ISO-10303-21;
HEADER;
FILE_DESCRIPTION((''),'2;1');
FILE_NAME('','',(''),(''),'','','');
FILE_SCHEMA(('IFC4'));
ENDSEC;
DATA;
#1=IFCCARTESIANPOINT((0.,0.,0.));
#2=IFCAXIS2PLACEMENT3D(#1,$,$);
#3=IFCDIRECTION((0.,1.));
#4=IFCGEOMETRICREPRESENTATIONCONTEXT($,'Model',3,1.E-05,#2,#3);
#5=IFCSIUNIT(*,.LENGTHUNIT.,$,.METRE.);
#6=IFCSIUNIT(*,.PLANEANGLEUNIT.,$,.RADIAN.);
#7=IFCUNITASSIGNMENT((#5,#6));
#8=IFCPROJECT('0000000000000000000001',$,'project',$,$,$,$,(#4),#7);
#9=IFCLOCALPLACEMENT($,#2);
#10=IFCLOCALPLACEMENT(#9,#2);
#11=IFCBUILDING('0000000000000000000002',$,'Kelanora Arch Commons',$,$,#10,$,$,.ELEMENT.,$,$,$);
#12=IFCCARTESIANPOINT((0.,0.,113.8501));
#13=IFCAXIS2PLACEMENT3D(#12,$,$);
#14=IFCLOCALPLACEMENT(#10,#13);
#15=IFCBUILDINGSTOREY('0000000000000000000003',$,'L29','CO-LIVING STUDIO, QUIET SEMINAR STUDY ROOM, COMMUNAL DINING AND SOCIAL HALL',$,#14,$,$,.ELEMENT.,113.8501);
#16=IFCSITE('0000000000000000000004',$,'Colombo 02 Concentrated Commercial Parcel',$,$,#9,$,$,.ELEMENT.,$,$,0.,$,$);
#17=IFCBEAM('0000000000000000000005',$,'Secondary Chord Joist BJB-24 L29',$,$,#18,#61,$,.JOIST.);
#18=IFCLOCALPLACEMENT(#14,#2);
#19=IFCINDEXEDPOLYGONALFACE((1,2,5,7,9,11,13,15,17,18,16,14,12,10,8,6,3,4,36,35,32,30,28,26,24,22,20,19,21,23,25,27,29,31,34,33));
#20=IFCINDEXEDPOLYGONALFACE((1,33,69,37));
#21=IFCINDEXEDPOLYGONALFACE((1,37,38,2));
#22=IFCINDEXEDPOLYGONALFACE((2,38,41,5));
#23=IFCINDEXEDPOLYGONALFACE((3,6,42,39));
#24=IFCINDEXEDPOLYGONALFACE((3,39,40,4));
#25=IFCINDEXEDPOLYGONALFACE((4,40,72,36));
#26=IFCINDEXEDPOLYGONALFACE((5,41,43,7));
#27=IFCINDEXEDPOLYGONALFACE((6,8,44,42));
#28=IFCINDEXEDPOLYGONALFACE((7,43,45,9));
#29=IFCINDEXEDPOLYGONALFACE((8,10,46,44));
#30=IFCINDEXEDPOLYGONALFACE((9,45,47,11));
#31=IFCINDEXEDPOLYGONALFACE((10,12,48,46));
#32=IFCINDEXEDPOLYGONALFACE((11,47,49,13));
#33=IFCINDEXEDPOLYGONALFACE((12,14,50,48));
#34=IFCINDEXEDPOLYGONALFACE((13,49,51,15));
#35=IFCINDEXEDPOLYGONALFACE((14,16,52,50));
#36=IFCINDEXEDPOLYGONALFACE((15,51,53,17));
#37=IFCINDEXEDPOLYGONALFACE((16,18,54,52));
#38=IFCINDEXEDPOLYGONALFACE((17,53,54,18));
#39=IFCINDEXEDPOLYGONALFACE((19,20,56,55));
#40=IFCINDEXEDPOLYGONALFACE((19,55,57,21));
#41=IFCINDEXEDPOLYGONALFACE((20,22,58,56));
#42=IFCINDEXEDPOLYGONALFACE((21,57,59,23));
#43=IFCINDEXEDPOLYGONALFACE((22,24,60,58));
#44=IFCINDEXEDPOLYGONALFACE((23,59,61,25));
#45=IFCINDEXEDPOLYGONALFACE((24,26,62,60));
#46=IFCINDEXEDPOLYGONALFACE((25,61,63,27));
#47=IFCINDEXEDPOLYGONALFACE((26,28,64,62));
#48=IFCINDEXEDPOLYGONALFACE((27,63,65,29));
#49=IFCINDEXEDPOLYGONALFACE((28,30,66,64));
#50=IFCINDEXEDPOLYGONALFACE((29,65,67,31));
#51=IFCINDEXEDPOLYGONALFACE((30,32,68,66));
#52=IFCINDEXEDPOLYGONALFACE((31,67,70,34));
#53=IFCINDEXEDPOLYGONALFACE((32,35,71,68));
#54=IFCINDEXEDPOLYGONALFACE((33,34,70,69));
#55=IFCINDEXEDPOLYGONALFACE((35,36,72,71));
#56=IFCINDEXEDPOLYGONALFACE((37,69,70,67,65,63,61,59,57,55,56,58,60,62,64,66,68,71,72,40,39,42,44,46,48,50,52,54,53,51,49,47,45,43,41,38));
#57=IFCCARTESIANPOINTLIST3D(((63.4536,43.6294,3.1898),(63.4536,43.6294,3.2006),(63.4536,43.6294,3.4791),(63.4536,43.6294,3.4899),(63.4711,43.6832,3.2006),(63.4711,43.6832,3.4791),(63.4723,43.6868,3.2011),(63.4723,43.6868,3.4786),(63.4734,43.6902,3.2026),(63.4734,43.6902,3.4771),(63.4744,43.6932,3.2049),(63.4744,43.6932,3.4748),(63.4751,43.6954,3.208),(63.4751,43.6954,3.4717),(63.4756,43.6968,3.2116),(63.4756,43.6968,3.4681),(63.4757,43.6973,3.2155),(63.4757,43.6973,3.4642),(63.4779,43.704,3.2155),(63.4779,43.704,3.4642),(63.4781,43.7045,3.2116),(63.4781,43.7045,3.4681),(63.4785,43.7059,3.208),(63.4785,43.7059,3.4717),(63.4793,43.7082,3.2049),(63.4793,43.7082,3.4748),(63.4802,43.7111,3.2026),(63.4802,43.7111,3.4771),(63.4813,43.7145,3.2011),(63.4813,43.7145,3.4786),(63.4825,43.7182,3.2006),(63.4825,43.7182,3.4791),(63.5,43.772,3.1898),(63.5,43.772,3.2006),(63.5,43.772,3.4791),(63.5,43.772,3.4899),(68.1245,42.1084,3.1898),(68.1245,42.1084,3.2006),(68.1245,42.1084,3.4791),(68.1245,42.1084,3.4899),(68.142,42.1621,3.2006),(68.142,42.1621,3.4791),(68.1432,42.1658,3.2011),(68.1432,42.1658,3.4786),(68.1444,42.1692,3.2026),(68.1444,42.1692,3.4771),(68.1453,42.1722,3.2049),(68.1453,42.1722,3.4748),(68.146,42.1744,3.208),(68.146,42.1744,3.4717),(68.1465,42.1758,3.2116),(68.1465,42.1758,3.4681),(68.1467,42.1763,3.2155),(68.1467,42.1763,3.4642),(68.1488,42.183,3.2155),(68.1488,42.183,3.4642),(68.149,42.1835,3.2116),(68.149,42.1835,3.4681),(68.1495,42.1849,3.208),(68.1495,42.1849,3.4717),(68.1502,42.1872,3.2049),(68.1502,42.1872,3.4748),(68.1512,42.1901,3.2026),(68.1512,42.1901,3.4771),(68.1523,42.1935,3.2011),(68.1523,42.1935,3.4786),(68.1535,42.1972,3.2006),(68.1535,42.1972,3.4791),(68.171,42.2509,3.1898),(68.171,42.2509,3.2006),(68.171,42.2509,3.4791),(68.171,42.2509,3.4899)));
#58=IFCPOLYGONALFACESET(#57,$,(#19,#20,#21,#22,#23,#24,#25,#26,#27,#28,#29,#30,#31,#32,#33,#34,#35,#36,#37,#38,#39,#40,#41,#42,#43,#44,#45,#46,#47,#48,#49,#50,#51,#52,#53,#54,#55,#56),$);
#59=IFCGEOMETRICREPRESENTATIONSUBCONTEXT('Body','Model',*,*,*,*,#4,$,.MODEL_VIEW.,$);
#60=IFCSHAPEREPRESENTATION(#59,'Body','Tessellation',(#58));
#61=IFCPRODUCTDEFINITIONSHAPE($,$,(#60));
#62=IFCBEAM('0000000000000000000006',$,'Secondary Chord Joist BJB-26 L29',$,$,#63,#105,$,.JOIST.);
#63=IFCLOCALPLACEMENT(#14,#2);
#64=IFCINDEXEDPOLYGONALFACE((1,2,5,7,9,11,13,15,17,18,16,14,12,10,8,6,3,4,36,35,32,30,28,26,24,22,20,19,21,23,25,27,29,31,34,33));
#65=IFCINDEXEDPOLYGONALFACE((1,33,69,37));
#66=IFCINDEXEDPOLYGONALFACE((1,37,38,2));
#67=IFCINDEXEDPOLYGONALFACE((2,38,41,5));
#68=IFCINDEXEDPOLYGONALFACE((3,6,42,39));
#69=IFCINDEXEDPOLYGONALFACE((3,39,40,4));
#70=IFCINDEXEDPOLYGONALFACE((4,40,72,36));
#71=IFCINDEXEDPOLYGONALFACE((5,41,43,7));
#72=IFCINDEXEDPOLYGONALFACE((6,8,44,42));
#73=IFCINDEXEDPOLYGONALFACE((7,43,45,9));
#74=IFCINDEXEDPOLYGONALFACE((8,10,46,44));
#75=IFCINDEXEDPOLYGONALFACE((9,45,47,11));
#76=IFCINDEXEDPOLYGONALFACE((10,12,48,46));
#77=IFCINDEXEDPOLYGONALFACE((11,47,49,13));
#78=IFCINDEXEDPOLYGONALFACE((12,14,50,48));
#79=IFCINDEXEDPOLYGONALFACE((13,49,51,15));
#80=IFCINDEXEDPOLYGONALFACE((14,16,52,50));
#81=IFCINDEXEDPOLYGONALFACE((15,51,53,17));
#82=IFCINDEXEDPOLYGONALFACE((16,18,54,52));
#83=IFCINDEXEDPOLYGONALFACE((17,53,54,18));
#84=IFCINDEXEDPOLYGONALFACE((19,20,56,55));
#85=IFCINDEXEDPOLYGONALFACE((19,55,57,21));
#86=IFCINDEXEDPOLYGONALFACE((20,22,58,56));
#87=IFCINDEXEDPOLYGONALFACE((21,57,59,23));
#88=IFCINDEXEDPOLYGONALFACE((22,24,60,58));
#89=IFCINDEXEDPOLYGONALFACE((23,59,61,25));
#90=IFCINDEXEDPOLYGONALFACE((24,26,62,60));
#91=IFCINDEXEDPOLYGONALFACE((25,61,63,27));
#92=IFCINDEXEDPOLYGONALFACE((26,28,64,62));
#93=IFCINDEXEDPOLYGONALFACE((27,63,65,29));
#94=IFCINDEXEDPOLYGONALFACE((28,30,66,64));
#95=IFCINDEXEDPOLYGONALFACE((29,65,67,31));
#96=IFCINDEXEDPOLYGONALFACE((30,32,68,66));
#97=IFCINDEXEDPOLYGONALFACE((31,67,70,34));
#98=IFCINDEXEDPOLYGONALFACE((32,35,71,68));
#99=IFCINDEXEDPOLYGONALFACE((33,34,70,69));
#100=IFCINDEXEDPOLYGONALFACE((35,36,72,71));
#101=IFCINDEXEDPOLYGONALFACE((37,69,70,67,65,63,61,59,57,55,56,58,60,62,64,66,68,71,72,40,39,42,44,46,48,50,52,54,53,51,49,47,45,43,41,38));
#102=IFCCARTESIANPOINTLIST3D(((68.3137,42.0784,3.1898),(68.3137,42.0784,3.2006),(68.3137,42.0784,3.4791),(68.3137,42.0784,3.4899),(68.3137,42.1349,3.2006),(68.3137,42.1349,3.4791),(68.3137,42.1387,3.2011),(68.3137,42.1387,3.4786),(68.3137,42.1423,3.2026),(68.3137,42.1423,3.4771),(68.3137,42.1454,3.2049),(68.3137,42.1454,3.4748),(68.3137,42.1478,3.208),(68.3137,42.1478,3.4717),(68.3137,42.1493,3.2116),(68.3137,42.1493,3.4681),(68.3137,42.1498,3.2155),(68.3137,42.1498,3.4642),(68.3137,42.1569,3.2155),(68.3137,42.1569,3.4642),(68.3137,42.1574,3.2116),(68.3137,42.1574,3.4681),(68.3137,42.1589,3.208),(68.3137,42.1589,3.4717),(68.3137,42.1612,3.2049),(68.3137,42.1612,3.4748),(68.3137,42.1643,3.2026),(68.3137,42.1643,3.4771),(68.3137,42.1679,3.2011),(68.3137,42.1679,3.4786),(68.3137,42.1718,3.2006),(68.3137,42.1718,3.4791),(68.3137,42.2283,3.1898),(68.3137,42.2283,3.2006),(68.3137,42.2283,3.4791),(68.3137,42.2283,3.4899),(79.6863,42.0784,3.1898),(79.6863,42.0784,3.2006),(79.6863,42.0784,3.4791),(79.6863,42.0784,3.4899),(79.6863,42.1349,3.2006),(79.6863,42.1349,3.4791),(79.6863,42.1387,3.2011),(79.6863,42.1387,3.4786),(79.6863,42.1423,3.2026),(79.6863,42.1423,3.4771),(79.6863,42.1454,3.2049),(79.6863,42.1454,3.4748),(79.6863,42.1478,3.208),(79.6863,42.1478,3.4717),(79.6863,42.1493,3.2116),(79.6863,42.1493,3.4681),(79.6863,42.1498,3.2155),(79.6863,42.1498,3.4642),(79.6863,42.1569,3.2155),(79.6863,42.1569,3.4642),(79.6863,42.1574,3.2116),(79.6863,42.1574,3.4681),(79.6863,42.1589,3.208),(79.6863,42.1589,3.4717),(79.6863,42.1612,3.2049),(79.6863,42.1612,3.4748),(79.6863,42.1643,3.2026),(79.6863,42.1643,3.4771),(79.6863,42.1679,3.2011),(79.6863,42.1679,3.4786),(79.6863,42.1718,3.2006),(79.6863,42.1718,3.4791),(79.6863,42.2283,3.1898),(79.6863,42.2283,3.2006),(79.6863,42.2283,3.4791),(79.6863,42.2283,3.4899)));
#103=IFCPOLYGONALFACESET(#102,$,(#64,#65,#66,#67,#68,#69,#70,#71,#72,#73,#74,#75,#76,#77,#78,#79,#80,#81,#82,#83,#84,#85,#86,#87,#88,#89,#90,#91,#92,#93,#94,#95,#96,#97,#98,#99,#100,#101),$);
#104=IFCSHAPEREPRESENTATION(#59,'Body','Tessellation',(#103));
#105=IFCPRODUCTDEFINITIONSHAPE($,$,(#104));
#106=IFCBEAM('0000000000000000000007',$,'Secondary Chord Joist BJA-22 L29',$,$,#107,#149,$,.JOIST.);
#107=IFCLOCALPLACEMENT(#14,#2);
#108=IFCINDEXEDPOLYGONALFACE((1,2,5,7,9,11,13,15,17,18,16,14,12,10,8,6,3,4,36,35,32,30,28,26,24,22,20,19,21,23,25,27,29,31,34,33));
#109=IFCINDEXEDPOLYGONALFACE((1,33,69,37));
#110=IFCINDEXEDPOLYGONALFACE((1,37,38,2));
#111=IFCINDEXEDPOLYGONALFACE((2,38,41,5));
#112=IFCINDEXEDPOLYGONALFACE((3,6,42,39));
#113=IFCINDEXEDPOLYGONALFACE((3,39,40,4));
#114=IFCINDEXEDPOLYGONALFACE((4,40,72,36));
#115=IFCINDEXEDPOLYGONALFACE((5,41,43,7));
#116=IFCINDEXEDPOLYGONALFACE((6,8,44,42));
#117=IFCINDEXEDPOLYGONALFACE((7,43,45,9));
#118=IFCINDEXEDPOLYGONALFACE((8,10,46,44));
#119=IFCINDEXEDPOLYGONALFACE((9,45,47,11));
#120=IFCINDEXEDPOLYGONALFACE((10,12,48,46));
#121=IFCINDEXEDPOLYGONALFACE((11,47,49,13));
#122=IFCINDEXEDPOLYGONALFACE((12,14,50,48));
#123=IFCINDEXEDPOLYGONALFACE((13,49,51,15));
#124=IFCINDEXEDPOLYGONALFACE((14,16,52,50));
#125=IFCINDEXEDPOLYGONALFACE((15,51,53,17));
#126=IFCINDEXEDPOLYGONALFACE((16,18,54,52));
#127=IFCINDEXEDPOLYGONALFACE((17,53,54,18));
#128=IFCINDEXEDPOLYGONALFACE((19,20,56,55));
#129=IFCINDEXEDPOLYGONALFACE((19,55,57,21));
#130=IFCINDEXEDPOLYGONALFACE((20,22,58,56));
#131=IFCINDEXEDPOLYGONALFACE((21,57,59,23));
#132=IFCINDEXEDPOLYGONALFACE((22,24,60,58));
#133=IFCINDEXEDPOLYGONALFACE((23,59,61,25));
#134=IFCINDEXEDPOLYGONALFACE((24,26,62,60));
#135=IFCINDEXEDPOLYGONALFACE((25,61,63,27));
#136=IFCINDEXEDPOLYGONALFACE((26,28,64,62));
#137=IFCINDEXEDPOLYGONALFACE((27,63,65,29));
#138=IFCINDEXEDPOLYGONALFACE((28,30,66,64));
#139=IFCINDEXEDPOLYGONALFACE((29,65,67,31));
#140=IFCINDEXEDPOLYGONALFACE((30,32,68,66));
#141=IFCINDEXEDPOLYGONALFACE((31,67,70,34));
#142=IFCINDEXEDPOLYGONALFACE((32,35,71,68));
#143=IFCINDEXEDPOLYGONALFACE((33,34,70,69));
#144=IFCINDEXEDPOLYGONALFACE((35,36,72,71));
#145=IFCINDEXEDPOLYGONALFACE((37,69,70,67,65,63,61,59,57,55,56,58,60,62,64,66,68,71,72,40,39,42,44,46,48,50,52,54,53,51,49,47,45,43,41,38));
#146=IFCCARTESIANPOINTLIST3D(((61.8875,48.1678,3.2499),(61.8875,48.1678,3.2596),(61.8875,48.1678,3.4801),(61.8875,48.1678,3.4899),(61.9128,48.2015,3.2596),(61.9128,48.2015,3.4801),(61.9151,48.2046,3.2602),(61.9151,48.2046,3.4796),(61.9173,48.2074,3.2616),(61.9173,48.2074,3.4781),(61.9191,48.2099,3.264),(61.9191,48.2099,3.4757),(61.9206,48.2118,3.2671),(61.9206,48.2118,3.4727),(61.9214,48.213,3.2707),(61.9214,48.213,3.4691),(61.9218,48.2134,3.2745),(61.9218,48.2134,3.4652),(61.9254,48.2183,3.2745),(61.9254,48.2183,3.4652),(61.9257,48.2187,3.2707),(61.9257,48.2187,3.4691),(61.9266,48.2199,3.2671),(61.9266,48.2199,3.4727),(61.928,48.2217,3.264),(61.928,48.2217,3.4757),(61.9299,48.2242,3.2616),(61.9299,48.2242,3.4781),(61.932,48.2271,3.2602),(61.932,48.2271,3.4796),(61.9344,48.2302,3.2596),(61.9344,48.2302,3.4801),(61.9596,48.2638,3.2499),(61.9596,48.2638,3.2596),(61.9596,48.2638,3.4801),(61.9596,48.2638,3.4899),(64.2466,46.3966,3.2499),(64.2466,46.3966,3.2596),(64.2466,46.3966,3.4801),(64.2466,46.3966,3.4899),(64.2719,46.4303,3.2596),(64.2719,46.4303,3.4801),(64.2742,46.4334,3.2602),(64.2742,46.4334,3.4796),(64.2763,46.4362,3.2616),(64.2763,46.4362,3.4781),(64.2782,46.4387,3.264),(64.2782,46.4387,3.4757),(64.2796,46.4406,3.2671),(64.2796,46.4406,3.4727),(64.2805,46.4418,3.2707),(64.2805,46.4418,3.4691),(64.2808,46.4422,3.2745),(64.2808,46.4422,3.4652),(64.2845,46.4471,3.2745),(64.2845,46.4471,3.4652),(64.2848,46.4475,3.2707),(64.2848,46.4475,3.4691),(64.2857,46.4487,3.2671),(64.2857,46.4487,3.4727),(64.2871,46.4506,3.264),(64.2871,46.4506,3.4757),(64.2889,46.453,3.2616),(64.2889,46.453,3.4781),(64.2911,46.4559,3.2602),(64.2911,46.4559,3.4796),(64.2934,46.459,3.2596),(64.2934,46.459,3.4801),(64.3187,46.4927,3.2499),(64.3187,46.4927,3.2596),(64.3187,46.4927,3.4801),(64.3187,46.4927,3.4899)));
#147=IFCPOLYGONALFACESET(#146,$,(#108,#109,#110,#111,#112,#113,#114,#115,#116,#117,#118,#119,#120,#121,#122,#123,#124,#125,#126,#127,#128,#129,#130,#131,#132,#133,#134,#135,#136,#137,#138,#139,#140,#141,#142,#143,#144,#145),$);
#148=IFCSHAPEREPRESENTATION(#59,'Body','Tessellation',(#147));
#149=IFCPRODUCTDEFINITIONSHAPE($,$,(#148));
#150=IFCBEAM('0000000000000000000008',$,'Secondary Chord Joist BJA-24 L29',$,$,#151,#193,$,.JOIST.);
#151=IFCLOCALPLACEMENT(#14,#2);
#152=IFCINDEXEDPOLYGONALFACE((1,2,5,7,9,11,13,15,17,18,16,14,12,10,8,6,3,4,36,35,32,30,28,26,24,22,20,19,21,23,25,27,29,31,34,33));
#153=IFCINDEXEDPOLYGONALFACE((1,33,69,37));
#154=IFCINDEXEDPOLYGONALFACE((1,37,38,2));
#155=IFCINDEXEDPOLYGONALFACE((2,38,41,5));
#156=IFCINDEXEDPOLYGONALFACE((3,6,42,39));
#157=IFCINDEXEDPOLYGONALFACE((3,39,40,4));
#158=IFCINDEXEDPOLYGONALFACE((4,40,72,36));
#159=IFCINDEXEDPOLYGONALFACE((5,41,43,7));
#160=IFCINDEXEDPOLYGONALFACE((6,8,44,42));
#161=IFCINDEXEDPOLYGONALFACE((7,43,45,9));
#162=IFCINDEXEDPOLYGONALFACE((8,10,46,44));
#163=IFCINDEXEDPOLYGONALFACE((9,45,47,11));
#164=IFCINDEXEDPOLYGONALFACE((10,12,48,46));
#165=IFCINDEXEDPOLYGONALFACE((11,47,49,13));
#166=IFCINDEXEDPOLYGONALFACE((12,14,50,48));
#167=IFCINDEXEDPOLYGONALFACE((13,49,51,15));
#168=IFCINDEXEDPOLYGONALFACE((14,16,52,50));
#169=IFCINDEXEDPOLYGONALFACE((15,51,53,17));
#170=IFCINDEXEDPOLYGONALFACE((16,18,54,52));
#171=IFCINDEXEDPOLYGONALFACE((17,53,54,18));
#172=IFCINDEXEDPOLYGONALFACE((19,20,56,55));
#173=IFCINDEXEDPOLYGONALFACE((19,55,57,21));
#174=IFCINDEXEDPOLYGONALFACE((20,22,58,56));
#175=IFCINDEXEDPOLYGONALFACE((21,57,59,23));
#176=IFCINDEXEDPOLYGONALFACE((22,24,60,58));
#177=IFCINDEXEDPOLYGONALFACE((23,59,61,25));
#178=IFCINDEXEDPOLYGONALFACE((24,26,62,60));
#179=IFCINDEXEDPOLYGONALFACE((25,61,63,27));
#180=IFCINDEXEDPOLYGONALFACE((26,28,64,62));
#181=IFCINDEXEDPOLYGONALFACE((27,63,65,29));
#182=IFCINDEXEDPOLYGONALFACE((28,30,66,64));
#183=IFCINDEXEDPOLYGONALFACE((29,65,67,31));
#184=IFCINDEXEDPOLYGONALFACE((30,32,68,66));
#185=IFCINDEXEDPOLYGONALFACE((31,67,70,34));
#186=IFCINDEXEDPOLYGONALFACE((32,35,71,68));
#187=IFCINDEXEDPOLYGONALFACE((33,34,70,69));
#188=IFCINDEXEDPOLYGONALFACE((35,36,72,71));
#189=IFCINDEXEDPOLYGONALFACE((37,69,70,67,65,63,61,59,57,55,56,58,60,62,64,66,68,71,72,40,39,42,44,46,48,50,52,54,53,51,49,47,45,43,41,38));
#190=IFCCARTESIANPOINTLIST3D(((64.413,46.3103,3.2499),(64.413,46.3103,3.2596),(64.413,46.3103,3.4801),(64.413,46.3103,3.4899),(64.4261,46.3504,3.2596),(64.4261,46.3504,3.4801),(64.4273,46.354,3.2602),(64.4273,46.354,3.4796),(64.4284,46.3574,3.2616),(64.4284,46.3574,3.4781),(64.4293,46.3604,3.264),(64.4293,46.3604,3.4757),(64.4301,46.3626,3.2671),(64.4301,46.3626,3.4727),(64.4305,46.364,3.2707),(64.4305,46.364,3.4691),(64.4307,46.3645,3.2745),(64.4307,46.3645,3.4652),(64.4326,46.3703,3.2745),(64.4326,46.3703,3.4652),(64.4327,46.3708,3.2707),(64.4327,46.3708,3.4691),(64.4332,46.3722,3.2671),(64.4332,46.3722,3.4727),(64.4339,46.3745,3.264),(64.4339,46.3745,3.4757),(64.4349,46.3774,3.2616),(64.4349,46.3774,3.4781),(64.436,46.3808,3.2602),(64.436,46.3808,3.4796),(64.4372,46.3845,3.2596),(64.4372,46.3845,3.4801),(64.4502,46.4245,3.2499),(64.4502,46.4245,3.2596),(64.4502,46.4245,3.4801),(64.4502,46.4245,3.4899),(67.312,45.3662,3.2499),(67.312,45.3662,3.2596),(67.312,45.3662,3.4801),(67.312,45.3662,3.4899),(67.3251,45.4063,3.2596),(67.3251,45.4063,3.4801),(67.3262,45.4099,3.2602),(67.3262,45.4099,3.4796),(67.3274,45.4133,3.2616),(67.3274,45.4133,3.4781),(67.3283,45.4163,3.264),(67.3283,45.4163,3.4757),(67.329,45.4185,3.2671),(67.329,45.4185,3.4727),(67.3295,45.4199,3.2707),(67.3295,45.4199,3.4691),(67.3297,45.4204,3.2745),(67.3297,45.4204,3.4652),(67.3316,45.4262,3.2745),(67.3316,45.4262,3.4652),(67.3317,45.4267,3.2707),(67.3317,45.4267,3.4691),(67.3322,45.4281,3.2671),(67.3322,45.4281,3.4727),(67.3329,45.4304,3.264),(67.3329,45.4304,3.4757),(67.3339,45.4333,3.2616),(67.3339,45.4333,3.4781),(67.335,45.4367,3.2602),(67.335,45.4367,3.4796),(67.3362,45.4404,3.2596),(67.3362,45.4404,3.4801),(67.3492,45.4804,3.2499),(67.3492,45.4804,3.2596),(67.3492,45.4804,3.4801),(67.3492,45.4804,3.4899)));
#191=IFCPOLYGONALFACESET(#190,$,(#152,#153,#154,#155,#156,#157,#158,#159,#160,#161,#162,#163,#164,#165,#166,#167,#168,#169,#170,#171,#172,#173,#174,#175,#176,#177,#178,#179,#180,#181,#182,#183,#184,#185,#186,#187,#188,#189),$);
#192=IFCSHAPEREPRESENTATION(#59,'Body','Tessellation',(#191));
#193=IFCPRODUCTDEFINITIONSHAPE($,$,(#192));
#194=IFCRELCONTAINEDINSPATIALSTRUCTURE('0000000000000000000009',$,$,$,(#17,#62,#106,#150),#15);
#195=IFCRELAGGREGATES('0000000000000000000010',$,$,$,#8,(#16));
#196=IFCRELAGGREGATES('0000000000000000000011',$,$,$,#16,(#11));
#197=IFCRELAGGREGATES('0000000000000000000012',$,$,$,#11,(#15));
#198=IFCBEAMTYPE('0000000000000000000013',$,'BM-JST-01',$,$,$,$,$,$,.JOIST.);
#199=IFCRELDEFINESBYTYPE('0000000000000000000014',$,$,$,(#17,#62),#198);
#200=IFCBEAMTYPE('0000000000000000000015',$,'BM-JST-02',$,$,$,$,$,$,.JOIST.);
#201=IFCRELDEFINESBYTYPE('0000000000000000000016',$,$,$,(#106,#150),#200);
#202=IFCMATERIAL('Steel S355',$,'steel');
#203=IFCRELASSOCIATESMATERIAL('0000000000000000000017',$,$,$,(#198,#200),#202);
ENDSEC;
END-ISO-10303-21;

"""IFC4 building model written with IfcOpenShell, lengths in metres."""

from ifc_helpers import new_model, si_unit, direction, frame, origin, origin_2d, place, context, subcontext, project, spatial, i_section, extrude, material, material_profile, profile_set, type_object, element, save


model = new_model("IFC4")

# Units and contexts
model_context = context("Model", 3, precision=1e-05, world=origin(), true_north=direction((0.0, 1.0)))
body_context = subcontext(model_context, "Body", "Model", "MODEL_VIEW")
ifc_project = project(units=[si_unit("LENGTHUNIT", "METRE"), si_unit("PLANEANGLEUNIT", "RADIAN")], contexts=[model_context])

# Site, building, storey
site_placement = place(None, origin())
site = spatial("IfcSite", under=ifc_project, at=site_placement, Name="Colombo 02 Concentrated Commercial Parcel", CompositionType="ELEMENT", RefElevation=0.0)
building_placement = place(site_placement, origin())
building = spatial("IfcBuilding", under=site, at=building_placement, Name="Kelanora Arch Commons", CompositionType="ELEMENT")
storey_placement = place(building_placement, frame((0.0, 0.0, 113.8501)))
storey = spatial("IfcBuildingStorey", under=building, at=storey_placement, Name="L29", Description="CO-LIVING STUDIO, QUIET SEMINAR STUDY ROOM, COMMUNAL DINING AND SOCIAL HALL", CompositionType="ELEMENT", Elevation=113.8501)

# Beams
ifc_material_1 = material(Name="Steel S355", Category="steel")
ifc_material_profile_1 = material_profile(ifc_material_1, i_section(OverallWidth=0.1499, OverallDepth=0.3, WebThickness=0.0071, FlangeThickness=0.0107, FilletRadius=0.0149, at=origin_2d()), Name="IPE300")
ifc_profile_set_1 = profile_set([ifc_material_profile_1], Name="Steel S355")
beam_type_1 = type_object("IfcBeamType", Name="BM-JST-01", PredefinedType="JOIST", material=ifc_profile_set_1)
beam_1_placement = place(storey_placement, frame((63.4768, 43.7007, 3.3398), z_axis=(0.950857, -0.30963, 0.0), x_axis=(0.30963, 0.950857, 0.0)))
element("IfcBeam", 1, at=beam_1_placement, inside=storey, type_object=beam_type_1, Name="Secondary Chord Joist BJB-24 L29", PredefinedType="JOIST", context=body_context, shape_type="SweptSolid", body=[
    extrude(i_section(OverallWidth=0.1499, OverallDepth=0.3, WebThickness=0.0071, FlangeThickness=0.0107, FilletRadius=0.0149, at=origin_2d()), origin(), (0.0, 0.0, 1.0), 4.9124),
])
beam_2_placement = place(storey_placement, frame((68.3137, 42.1533, 3.3398), z_axis=(1.0, 0.0, 0.0), x_axis=(0.0, 1.0, 0.0)))
element("IfcBeam", 2, at=beam_2_placement, inside=storey, type_object=beam_type_1, Name="Secondary Chord Joist BJB-26 L29", PredefinedType="JOIST", context=body_context, shape_type="SweptSolid", body=[
    extrude(i_section(OverallWidth=0.1499, OverallDepth=0.3, WebThickness=0.0071, FlangeThickness=0.0107, FilletRadius=0.0149, at=origin_2d()), origin(), (0.0, 0.0, 1.0), 11.3726),
])
ifc_material_profile_2 = material_profile(ifc_material_1, i_section(OverallWidth=0.1201, OverallDepth=0.24, WebThickness=0.0061, FlangeThickness=0.0098, FilletRadius=0.0149, at=origin_2d()), Name="IPE240")
ifc_profile_set_2 = profile_set([ifc_material_profile_2], Name="Steel S355")
beam_type_2 = type_object("IfcBeamType", Name="BM-JST-02", PredefinedType="JOIST", material=ifc_profile_set_2)
beam_3_placement = place(storey_placement, frame((61.9236, 48.2158, 3.3699), z_axis=(0.799692, -0.60041, 0.0), x_axis=(0.60041, 0.799692, 0.0)))
element("IfcBeam", 3, at=beam_3_placement, inside=storey, type_object=beam_type_2, Name="Secondary Chord Joist BJA-22 L29", PredefinedType="JOIST", context=body_context, shape_type="SweptSolid", body=[
    extrude(i_section(OverallWidth=0.1201, OverallDepth=0.24, WebThickness=0.0061, FlangeThickness=0.0098, FilletRadius=0.0149, at=origin_2d()), origin(), (0.0, 0.0, 1.0), 2.95),
])
beam_4_placement = place(storey_placement, frame((64.4316, 46.3674, 3.3699), z_axis=(0.950847, -0.309662, 0.0), x_axis=(0.309662, 0.950847, 0.0)))
element("IfcBeam", 4, at=beam_4_placement, inside=storey, type_object=beam_type_2, Name="Secondary Chord Joist BJA-24 L29", PredefinedType="JOIST", context=body_context, shape_type="SweptSolid", body=[
    extrude(i_section(OverallWidth=0.1201, OverallDepth=0.24, WebThickness=0.0061, FlangeThickness=0.0098, FilletRadius=0.0149, at=origin_2d()), origin(), (0.0, 0.0, 1.0), 3.0488),
])

save(model, "model.ifc")
